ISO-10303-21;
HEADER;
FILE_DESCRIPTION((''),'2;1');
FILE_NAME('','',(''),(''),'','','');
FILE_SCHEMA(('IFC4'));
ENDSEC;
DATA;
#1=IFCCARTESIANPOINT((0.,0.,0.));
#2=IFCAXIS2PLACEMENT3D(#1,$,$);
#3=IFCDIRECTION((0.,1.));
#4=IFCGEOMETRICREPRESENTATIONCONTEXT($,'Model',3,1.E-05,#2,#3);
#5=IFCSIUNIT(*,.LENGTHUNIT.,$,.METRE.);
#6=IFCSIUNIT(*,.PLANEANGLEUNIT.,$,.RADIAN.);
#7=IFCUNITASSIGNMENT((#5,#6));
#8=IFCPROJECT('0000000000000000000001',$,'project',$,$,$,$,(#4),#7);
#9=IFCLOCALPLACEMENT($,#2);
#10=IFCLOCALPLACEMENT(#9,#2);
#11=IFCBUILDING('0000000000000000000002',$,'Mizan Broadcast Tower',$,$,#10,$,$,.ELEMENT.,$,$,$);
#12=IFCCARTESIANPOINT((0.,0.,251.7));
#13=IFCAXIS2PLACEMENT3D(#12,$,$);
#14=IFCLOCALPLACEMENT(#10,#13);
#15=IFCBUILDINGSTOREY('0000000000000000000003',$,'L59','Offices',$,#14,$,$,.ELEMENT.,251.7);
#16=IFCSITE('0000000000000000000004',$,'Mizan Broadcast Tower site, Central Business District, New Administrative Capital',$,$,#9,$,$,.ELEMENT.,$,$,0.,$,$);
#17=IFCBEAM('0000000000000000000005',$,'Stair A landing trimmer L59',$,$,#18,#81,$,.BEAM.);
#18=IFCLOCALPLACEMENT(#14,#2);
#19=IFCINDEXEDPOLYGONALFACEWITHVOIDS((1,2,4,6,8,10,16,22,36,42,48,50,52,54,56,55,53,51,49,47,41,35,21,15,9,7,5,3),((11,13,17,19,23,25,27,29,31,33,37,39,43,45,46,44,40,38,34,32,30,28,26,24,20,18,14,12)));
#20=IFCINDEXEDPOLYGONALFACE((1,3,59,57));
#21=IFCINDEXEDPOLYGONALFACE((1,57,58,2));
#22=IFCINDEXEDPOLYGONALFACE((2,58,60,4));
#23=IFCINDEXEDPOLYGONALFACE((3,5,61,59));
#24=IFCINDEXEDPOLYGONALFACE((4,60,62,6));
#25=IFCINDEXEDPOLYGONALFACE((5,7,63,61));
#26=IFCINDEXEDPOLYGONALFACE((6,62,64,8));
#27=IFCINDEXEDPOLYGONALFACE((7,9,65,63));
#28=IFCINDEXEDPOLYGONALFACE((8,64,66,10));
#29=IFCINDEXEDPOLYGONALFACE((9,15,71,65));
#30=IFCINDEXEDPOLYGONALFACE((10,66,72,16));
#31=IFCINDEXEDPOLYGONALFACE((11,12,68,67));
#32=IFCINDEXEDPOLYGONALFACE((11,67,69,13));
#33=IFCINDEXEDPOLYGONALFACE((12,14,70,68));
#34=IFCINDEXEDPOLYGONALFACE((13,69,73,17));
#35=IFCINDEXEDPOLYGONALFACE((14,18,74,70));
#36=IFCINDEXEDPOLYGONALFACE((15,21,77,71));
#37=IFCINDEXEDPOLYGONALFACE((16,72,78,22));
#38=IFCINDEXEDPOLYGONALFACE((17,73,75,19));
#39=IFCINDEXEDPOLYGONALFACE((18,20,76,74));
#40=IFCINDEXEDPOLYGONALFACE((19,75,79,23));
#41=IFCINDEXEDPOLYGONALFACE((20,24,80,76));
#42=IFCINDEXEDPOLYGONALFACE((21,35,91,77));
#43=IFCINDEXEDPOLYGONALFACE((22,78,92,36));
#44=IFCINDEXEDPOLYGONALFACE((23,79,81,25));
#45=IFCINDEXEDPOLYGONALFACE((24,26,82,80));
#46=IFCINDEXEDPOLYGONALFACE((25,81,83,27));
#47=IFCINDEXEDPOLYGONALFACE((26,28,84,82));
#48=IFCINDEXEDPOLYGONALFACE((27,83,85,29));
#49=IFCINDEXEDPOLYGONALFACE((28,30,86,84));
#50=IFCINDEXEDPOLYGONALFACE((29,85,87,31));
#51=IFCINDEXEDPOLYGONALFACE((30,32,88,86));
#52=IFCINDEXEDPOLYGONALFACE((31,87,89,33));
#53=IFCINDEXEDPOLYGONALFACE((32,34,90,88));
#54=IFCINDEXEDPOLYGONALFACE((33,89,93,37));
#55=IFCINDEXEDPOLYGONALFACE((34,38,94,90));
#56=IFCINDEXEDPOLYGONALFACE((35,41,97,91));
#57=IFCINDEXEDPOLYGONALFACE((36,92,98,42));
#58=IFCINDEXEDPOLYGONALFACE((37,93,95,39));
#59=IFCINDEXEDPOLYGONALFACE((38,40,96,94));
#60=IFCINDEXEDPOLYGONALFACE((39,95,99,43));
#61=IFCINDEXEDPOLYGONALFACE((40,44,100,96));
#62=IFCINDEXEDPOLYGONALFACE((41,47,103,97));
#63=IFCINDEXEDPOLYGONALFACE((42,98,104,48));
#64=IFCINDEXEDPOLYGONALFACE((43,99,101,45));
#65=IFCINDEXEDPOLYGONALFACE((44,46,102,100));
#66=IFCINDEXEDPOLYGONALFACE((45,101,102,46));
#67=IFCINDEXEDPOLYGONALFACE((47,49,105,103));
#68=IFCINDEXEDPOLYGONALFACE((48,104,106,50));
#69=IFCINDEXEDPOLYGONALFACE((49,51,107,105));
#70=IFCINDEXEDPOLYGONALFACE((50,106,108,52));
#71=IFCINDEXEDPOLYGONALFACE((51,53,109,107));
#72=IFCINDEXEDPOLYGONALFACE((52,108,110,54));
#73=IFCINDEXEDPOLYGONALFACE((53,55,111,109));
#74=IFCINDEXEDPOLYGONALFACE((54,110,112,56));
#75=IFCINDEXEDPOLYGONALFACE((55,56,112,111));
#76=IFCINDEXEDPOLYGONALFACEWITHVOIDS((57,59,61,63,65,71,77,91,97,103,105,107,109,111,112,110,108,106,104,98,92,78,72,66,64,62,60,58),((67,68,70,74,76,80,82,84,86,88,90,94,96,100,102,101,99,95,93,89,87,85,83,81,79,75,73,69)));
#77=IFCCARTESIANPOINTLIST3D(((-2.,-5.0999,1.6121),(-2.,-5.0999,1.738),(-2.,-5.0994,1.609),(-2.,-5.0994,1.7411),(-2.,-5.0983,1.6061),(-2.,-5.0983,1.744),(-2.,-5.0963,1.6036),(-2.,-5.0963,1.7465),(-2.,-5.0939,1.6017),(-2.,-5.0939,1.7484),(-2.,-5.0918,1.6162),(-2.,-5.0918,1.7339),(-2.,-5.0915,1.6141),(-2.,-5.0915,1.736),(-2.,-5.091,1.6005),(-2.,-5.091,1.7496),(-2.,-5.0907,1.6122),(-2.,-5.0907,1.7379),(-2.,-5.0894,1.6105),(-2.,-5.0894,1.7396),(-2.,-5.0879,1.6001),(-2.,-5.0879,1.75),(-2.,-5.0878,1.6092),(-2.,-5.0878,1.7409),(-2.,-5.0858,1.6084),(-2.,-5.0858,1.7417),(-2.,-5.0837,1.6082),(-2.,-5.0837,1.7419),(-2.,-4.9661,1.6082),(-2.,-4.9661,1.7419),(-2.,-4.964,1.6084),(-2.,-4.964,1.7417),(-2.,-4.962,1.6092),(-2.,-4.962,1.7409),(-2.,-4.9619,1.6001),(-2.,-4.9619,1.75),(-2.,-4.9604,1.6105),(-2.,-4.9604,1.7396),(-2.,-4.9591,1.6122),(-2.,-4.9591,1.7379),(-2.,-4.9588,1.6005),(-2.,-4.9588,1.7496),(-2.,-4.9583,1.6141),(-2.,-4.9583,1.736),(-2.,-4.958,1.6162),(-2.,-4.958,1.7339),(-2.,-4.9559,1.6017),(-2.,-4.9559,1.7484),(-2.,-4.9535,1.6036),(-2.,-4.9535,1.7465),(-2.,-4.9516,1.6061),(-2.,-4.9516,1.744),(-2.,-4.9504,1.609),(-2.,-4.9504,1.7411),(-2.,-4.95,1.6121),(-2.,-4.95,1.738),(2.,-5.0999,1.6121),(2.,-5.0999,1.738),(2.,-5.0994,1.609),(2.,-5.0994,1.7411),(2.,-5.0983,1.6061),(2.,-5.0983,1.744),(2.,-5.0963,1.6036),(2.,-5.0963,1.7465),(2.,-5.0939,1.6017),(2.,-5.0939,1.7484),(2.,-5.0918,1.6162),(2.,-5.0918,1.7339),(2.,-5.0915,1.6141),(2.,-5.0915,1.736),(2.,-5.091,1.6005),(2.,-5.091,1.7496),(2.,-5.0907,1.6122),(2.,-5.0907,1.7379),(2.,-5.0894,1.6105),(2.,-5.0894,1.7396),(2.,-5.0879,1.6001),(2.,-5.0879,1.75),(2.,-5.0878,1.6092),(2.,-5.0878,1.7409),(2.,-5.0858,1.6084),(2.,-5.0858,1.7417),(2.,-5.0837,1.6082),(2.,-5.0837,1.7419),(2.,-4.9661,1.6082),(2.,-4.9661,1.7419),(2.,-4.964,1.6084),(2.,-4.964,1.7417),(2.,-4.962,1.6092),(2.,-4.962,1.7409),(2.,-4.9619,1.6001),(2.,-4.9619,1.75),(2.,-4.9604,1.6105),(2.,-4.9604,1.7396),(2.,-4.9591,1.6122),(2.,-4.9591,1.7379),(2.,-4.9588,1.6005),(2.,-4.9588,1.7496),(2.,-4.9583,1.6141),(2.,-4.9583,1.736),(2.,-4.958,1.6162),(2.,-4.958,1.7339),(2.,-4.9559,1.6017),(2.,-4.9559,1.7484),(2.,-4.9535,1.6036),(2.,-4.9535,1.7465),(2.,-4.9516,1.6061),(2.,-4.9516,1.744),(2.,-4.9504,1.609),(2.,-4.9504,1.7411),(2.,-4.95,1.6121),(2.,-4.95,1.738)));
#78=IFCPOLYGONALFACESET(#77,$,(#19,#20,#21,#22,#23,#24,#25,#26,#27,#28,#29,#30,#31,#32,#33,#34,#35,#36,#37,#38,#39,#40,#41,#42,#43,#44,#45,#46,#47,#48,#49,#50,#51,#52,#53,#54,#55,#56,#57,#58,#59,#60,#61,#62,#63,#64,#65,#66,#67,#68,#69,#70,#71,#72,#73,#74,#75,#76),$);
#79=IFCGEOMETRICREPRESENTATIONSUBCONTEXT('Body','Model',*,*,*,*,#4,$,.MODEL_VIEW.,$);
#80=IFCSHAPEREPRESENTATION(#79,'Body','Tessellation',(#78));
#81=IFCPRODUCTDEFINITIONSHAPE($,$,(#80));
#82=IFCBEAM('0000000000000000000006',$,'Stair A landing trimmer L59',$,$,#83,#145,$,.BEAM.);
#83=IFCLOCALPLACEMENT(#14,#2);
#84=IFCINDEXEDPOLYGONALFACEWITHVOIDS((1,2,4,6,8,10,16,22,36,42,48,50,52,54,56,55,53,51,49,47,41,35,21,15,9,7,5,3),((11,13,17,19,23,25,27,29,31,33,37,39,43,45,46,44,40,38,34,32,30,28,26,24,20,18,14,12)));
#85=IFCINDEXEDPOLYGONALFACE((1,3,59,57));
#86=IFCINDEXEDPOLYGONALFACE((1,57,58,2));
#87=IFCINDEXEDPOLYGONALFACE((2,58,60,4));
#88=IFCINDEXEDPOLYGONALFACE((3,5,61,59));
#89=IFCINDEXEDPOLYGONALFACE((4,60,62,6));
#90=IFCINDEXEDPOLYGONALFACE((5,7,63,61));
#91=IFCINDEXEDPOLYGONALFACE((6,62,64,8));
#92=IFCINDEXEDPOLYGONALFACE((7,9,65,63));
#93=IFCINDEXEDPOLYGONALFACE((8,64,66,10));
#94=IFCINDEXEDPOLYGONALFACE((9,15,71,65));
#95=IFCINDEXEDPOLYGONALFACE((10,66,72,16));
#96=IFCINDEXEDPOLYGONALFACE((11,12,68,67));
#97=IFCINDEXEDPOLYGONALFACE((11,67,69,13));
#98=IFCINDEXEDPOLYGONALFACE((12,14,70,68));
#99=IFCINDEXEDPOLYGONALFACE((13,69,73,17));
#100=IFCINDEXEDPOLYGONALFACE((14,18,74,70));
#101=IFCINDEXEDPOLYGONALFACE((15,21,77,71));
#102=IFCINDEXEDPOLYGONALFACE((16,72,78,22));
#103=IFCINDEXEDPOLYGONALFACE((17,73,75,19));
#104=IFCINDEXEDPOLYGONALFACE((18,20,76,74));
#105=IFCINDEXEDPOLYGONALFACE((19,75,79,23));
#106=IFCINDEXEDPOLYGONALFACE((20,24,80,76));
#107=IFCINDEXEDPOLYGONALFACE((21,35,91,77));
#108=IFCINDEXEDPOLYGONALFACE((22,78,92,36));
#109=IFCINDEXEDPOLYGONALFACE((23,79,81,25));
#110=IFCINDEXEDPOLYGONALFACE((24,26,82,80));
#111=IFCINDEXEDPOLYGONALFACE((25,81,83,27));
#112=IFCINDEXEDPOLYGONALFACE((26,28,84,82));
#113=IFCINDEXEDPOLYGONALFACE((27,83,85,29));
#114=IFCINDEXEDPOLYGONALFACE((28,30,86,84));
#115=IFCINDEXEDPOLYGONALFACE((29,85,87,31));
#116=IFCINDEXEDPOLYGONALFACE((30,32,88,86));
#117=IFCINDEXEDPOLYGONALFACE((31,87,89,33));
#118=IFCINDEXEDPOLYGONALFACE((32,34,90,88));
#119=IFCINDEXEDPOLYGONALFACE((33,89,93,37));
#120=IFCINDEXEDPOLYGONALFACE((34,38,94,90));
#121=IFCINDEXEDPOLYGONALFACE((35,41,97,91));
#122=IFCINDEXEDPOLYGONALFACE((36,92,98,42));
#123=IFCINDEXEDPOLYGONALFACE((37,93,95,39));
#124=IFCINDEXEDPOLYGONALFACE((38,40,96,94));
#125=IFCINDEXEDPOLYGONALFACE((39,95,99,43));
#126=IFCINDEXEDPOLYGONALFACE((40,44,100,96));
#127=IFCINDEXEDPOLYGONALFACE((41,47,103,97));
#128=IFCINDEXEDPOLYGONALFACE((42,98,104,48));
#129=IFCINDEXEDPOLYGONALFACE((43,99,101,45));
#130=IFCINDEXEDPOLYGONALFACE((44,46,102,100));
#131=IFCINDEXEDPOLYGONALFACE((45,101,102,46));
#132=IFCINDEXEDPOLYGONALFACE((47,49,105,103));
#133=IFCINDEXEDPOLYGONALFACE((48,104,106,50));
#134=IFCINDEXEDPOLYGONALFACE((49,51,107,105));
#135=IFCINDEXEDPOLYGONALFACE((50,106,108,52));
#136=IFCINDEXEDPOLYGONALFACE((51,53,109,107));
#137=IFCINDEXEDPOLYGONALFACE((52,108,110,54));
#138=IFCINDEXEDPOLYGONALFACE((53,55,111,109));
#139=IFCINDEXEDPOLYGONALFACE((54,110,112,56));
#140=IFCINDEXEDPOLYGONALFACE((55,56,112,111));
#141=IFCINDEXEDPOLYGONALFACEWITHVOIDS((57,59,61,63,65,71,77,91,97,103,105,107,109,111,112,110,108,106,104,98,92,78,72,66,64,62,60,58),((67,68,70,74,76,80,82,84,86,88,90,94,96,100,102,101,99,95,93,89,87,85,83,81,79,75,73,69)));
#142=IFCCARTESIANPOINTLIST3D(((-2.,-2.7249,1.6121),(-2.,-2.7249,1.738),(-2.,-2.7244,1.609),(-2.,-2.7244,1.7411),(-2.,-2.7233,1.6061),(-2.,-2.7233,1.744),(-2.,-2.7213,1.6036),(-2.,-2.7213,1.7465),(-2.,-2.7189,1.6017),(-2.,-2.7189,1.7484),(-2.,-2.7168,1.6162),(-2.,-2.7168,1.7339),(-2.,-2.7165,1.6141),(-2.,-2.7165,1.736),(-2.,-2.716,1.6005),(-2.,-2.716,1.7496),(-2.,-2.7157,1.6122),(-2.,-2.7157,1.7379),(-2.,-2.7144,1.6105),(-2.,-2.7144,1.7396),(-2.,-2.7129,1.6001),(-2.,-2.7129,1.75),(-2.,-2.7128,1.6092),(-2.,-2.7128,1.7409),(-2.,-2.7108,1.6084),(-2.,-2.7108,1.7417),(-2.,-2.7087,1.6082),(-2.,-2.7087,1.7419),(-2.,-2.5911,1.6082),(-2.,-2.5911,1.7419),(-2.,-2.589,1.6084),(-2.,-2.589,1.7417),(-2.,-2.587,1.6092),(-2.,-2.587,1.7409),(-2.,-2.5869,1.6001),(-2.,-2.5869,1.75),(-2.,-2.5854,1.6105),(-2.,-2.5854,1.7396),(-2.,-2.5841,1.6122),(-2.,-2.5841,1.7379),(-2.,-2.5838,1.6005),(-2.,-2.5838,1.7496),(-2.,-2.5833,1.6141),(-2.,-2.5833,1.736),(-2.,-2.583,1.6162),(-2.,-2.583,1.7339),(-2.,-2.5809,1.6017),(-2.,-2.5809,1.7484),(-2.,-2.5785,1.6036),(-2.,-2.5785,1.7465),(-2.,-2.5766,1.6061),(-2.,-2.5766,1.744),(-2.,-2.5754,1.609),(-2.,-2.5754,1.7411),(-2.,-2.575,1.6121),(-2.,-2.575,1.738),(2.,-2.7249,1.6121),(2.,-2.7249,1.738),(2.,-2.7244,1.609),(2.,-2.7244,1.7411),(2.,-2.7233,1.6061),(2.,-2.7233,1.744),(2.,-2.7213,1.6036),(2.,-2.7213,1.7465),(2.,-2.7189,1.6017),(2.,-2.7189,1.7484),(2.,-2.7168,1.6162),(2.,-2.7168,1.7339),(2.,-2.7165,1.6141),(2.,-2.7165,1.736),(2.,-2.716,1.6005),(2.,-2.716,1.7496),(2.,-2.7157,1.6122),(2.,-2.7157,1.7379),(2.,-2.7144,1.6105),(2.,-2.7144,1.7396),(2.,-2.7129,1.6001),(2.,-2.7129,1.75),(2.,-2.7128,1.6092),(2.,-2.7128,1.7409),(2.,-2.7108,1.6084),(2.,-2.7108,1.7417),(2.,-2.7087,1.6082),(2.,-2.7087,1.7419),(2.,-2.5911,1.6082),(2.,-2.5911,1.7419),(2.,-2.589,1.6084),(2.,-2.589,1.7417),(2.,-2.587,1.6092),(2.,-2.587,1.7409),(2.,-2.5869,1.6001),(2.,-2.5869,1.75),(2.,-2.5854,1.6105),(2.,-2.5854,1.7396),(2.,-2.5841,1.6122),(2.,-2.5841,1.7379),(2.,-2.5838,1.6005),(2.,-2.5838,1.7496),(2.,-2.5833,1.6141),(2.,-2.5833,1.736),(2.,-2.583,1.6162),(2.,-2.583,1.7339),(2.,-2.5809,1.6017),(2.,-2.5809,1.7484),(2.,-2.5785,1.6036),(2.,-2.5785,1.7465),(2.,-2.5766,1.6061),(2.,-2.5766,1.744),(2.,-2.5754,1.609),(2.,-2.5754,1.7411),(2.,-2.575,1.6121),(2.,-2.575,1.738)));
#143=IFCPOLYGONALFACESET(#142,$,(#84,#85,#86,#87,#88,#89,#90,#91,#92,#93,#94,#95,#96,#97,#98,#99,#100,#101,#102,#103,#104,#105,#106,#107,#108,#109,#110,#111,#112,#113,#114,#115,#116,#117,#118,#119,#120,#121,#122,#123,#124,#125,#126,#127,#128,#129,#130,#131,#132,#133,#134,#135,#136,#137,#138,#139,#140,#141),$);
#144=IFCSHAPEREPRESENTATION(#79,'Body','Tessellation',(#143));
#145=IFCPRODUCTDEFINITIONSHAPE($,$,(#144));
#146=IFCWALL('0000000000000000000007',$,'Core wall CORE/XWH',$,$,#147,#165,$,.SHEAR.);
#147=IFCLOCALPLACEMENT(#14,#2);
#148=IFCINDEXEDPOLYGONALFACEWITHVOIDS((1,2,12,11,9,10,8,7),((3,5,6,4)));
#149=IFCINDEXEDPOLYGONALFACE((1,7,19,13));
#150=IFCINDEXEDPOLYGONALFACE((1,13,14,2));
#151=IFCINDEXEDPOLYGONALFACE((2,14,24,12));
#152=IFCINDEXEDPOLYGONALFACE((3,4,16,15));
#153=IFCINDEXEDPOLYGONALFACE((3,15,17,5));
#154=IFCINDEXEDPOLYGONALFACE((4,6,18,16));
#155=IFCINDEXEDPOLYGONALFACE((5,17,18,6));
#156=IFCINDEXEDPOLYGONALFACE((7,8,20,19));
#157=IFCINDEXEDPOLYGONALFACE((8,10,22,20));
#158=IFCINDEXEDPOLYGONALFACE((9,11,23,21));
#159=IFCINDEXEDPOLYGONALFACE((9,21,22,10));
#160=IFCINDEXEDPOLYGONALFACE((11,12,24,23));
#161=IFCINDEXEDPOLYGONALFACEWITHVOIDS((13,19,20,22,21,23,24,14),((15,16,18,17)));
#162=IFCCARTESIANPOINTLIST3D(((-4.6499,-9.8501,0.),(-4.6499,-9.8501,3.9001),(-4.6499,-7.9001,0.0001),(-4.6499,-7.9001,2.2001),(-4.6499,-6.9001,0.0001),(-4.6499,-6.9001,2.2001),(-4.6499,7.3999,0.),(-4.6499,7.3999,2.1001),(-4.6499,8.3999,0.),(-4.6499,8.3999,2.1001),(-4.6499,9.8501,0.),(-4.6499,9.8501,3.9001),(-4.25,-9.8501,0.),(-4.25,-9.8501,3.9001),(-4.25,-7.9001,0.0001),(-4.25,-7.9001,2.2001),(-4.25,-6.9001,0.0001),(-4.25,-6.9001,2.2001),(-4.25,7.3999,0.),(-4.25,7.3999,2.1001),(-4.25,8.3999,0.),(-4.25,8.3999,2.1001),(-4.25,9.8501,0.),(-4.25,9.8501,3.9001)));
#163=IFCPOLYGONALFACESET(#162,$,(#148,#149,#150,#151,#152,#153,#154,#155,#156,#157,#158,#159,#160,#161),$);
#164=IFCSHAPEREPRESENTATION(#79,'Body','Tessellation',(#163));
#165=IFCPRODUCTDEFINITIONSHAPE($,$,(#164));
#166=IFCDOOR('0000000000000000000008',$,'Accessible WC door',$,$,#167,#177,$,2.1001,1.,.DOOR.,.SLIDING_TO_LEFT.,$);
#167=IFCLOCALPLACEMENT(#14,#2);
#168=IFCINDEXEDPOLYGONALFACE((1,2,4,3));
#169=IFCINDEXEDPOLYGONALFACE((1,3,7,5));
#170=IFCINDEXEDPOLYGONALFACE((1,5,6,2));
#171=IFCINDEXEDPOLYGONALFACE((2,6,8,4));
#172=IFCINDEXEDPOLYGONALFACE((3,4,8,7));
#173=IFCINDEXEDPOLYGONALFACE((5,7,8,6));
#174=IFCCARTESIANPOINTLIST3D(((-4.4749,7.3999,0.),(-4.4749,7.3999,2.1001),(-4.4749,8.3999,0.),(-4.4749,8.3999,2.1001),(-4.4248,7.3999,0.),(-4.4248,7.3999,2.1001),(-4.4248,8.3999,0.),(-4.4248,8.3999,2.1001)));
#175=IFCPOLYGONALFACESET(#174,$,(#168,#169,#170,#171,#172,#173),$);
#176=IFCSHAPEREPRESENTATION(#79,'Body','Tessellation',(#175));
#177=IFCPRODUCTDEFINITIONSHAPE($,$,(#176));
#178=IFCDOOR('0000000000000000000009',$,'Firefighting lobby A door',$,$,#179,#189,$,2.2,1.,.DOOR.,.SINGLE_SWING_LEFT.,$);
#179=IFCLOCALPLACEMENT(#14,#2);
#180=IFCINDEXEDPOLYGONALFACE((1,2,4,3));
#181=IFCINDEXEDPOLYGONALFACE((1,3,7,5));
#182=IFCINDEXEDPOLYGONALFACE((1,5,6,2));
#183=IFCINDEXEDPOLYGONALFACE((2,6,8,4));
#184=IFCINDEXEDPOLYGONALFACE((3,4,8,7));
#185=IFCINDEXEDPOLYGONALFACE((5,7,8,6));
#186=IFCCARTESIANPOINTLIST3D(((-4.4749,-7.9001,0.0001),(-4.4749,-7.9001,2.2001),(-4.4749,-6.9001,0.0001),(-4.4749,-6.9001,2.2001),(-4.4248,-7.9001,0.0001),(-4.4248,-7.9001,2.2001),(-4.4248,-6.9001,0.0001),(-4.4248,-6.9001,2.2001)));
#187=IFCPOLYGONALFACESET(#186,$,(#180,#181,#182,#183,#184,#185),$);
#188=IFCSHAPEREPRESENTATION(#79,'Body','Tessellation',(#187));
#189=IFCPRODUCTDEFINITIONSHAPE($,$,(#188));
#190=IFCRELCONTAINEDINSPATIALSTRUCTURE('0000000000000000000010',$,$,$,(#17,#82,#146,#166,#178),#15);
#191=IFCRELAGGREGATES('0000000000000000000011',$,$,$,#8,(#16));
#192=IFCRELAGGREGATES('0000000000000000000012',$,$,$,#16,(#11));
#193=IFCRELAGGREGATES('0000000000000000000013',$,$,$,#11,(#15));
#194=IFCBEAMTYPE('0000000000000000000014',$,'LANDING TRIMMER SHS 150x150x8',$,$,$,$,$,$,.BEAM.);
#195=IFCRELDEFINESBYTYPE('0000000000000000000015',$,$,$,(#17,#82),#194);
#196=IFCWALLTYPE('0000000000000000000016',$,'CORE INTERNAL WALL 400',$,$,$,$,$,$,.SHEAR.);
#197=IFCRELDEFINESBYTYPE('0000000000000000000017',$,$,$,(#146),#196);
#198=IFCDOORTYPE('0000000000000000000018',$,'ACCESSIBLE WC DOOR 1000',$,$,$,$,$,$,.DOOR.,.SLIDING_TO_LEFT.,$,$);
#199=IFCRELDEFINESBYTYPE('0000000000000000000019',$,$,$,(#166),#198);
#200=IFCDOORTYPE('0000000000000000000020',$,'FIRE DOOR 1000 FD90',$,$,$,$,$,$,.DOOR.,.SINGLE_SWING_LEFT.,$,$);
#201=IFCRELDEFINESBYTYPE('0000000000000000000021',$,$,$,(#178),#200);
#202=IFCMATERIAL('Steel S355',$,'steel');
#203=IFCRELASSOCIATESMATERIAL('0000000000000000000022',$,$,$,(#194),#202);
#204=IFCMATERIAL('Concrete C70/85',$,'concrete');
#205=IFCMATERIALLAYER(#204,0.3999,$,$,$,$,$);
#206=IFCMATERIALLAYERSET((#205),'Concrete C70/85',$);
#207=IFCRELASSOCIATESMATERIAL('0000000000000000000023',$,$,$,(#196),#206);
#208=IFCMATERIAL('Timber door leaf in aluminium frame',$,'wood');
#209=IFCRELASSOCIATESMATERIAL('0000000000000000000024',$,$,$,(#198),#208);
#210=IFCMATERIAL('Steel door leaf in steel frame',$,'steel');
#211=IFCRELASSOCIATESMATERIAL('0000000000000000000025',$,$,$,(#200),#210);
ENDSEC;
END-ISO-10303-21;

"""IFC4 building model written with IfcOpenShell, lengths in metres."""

from ifc_helpers import new_model, si_unit, direction, frame, frame_2d, origin, origin_2d, place, context, subcontext, project, spatial, rectangle, hollow_rectangle, extrude, material, layer, layer_set, material_profile, profile_set, type_object, element, fill, save


model = new_model("IFC4")

# Units and contexts
model_context = context("Model", 3, precision=1e-05, world=origin(), true_north=direction((0.0, 1.0)))
body_context = subcontext(model_context, "Body", "Model", "MODEL_VIEW")
ifc_project = project(units=[si_unit("LENGTHUNIT", "METRE"), si_unit("PLANEANGLEUNIT", "RADIAN")], contexts=[model_context])

# Site, building, storey
site_placement = place(None, origin())
site = spatial("IfcSite", under=ifc_project, at=site_placement, Name="Mizan Broadcast Tower site, Central Business District, New Administrative Capital", CompositionType="ELEMENT", RefElevation=0.0)
building_placement = place(site_placement, origin())
building = spatial("IfcBuilding", under=site, at=building_placement, Name="Mizan Broadcast Tower", CompositionType="ELEMENT")
storey_placement = place(building_placement, frame((0.0, 0.0, 251.7)))
storey = spatial("IfcBuildingStorey", under=building, at=storey_placement, Name="L59", Description="Offices", CompositionType="ELEMENT", Elevation=251.7)

# Beams
ifc_material_1 = material(Name="Steel S355", Category="steel")
ifc_material_profile = material_profile(ifc_material_1, hollow_rectangle(XDim=0.1499, YDim=0.1499, WallThickness=0.0081, InnerFilletRadius=0.0081, OuterFilletRadius=0.012, at=origin_2d()), Name="SHS 150x150x8")
ifc_profile_set = profile_set([ifc_material_profile], Name="Steel S355")
beam_type = type_object("IfcBeamType", Name="LANDING TRIMMER SHS 150x150x8", PredefinedType="BEAM", material=ifc_profile_set)
for number, where, z_axis, x_axis, name in (
    (1, (-2.0, -5.0249, 1.675), (1.0, 0.0, 0.0), (0.0, 1.0, 0.0), "Stair A landing trimmer L59"),
    (2, (-2.0, -2.6499, 1.675), (1.0, 0.0, 0.0), (0.0, 1.0, 0.0), "Stair A landing trimmer L59"),
):
    element("IfcBeam", number, at=place(storey_placement, frame(where, z_axis=z_axis, x_axis=x_axis)), inside=storey, type_object=beam_type, Name=name, PredefinedType="BEAM", context=body_context, shape_type="SweptSolid", body=[
        extrude(hollow_rectangle(XDim=0.1499, YDim=0.1499, WallThickness=0.0081, InnerFilletRadius=0.0081, OuterFilletRadius=0.012, at=origin_2d()), origin(), (0.0, 0.0, 1.0), 4.0),
    ])

# Wall, openings, doors
ifc_material_2 = material(Name="Concrete C70/85", Category="concrete")
ifc_layer_1 = layer(ifc_material_2, 0.3999)
ifc_layer_set_1 = layer_set([ifc_layer_1], Name="Concrete C70/85")
wall_type_1 = type_object("IfcWallType", Name="CORE INTERNAL WALL 400", PredefinedType="SHEAR", material=ifc_layer_set_1)
wall_1_placement = place(storey_placement, frame((-4.45, -9.8501, 0.0), z_axis=(0.0, 0.0, 1.0), x_axis=(0.0, 1.0, 0.0)))
wall_1 = element("IfcWall", 3, at=wall_1_placement, inside=storey, type_object=wall_type_1, Name="Core wall CORE/XWH", PredefinedType="SHEAR", context=body_context, shape_type="SweptSolid", body=[
    extrude(rectangle(XDim=19.7002, YDim=0.3999, at=frame_2d((9.8501, 0.0))), origin(), (0.0, 0.0, 1.0), 3.9001),
])
opening_1_placement = place(wall_1_placement, frame((1.95, 0.0, 0.0)))
opening_1 = element("IfcOpeningElement", 4, at=opening_1_placement, cuts=wall_1, PredefinedType="OPENING", context=body_context, shape_type="SweptSolid", body=[
    extrude(rectangle(XDim=1.0, YDim=2.2, at=frame_2d((0.5, 1.1001))), frame((0.0, 0.21, 0.0), z_axis=(0.0, -1.0, 0.0), x_axis=(1.0, 0.0, 0.0)), (0.0, 0.0, 1.0), 0.4199),
])
opening_2_placement = place(wall_1_placement, frame((17.25, 0.0, 0.0)))
opening_2 = element("IfcOpeningElement", 5, at=opening_2_placement, cuts=wall_1, PredefinedType="OPENING", context=body_context, shape_type="SweptSolid", body=[
    extrude(rectangle(XDim=1.0, YDim=2.1001, at=frame_2d((0.5, 1.05))), frame((0.0, 0.21, 0.0), z_axis=(0.0, -1.0, 0.0), x_axis=(1.0, 0.0, 0.0)), (0.0, 0.0, 1.0), 0.4199),
])
ifc_material_3 = material(Name="Timber door leaf in aluminium frame", Category="wood")
door_type_1 = type_object("IfcDoorType", Name="ACCESSIBLE WC DOOR 1000", OperationType="SLIDING_TO_LEFT", PredefinedType="DOOR", material=ifc_material_3)
door_1_placement = place(opening_2_placement, origin())
door_1 = element("IfcDoor", 6, at=door_1_placement, inside=storey, type_object=door_type_1, Name="Accessible WC door", OperationType="SLIDING_TO_LEFT", OverallHeight=2.1001, OverallWidth=1.0, PredefinedType="DOOR", context=body_context, shape_type="SweptSolid", body=[
    extrude(rectangle(XDim=1.0, YDim=2.1001, at=frame_2d((0.5, 1.05))), frame((0.0, 0.0249, 0.0), z_axis=(0.0, -1.0, 0.0), x_axis=(1.0, 0.0, 0.0)), (0.0, 0.0, 1.0), 0.05),
])
fill(opening_2, door_1)
ifc_material_4 = material(Name="Steel door leaf in steel frame", Category="steel")
door_type_2 = type_object("IfcDoorType", Name="FIRE DOOR 1000 FD90", OperationType="SINGLE_SWING_LEFT", PredefinedType="DOOR", material=ifc_material_4)
door_2_placement = place(opening_1_placement, origin())
door_2 = element("IfcDoor", 7, at=door_2_placement, inside=storey, type_object=door_type_2, Name="Firefighting lobby A door", OperationType="SINGLE_SWING_LEFT", OverallHeight=2.2, OverallWidth=1.0, PredefinedType="DOOR", context=body_context, shape_type="SweptSolid", body=[
    extrude(rectangle(XDim=1.0, YDim=2.2, at=frame_2d((0.5, 1.1001))), frame((0.0, 0.0249, 0.0), z_axis=(0.0, -1.0, 0.0), x_axis=(1.0, 0.0, 0.0)), (0.0, 0.0, 1.0), 0.05),
])
fill(opening_1, door_2)

save(model, "model.ifc")
